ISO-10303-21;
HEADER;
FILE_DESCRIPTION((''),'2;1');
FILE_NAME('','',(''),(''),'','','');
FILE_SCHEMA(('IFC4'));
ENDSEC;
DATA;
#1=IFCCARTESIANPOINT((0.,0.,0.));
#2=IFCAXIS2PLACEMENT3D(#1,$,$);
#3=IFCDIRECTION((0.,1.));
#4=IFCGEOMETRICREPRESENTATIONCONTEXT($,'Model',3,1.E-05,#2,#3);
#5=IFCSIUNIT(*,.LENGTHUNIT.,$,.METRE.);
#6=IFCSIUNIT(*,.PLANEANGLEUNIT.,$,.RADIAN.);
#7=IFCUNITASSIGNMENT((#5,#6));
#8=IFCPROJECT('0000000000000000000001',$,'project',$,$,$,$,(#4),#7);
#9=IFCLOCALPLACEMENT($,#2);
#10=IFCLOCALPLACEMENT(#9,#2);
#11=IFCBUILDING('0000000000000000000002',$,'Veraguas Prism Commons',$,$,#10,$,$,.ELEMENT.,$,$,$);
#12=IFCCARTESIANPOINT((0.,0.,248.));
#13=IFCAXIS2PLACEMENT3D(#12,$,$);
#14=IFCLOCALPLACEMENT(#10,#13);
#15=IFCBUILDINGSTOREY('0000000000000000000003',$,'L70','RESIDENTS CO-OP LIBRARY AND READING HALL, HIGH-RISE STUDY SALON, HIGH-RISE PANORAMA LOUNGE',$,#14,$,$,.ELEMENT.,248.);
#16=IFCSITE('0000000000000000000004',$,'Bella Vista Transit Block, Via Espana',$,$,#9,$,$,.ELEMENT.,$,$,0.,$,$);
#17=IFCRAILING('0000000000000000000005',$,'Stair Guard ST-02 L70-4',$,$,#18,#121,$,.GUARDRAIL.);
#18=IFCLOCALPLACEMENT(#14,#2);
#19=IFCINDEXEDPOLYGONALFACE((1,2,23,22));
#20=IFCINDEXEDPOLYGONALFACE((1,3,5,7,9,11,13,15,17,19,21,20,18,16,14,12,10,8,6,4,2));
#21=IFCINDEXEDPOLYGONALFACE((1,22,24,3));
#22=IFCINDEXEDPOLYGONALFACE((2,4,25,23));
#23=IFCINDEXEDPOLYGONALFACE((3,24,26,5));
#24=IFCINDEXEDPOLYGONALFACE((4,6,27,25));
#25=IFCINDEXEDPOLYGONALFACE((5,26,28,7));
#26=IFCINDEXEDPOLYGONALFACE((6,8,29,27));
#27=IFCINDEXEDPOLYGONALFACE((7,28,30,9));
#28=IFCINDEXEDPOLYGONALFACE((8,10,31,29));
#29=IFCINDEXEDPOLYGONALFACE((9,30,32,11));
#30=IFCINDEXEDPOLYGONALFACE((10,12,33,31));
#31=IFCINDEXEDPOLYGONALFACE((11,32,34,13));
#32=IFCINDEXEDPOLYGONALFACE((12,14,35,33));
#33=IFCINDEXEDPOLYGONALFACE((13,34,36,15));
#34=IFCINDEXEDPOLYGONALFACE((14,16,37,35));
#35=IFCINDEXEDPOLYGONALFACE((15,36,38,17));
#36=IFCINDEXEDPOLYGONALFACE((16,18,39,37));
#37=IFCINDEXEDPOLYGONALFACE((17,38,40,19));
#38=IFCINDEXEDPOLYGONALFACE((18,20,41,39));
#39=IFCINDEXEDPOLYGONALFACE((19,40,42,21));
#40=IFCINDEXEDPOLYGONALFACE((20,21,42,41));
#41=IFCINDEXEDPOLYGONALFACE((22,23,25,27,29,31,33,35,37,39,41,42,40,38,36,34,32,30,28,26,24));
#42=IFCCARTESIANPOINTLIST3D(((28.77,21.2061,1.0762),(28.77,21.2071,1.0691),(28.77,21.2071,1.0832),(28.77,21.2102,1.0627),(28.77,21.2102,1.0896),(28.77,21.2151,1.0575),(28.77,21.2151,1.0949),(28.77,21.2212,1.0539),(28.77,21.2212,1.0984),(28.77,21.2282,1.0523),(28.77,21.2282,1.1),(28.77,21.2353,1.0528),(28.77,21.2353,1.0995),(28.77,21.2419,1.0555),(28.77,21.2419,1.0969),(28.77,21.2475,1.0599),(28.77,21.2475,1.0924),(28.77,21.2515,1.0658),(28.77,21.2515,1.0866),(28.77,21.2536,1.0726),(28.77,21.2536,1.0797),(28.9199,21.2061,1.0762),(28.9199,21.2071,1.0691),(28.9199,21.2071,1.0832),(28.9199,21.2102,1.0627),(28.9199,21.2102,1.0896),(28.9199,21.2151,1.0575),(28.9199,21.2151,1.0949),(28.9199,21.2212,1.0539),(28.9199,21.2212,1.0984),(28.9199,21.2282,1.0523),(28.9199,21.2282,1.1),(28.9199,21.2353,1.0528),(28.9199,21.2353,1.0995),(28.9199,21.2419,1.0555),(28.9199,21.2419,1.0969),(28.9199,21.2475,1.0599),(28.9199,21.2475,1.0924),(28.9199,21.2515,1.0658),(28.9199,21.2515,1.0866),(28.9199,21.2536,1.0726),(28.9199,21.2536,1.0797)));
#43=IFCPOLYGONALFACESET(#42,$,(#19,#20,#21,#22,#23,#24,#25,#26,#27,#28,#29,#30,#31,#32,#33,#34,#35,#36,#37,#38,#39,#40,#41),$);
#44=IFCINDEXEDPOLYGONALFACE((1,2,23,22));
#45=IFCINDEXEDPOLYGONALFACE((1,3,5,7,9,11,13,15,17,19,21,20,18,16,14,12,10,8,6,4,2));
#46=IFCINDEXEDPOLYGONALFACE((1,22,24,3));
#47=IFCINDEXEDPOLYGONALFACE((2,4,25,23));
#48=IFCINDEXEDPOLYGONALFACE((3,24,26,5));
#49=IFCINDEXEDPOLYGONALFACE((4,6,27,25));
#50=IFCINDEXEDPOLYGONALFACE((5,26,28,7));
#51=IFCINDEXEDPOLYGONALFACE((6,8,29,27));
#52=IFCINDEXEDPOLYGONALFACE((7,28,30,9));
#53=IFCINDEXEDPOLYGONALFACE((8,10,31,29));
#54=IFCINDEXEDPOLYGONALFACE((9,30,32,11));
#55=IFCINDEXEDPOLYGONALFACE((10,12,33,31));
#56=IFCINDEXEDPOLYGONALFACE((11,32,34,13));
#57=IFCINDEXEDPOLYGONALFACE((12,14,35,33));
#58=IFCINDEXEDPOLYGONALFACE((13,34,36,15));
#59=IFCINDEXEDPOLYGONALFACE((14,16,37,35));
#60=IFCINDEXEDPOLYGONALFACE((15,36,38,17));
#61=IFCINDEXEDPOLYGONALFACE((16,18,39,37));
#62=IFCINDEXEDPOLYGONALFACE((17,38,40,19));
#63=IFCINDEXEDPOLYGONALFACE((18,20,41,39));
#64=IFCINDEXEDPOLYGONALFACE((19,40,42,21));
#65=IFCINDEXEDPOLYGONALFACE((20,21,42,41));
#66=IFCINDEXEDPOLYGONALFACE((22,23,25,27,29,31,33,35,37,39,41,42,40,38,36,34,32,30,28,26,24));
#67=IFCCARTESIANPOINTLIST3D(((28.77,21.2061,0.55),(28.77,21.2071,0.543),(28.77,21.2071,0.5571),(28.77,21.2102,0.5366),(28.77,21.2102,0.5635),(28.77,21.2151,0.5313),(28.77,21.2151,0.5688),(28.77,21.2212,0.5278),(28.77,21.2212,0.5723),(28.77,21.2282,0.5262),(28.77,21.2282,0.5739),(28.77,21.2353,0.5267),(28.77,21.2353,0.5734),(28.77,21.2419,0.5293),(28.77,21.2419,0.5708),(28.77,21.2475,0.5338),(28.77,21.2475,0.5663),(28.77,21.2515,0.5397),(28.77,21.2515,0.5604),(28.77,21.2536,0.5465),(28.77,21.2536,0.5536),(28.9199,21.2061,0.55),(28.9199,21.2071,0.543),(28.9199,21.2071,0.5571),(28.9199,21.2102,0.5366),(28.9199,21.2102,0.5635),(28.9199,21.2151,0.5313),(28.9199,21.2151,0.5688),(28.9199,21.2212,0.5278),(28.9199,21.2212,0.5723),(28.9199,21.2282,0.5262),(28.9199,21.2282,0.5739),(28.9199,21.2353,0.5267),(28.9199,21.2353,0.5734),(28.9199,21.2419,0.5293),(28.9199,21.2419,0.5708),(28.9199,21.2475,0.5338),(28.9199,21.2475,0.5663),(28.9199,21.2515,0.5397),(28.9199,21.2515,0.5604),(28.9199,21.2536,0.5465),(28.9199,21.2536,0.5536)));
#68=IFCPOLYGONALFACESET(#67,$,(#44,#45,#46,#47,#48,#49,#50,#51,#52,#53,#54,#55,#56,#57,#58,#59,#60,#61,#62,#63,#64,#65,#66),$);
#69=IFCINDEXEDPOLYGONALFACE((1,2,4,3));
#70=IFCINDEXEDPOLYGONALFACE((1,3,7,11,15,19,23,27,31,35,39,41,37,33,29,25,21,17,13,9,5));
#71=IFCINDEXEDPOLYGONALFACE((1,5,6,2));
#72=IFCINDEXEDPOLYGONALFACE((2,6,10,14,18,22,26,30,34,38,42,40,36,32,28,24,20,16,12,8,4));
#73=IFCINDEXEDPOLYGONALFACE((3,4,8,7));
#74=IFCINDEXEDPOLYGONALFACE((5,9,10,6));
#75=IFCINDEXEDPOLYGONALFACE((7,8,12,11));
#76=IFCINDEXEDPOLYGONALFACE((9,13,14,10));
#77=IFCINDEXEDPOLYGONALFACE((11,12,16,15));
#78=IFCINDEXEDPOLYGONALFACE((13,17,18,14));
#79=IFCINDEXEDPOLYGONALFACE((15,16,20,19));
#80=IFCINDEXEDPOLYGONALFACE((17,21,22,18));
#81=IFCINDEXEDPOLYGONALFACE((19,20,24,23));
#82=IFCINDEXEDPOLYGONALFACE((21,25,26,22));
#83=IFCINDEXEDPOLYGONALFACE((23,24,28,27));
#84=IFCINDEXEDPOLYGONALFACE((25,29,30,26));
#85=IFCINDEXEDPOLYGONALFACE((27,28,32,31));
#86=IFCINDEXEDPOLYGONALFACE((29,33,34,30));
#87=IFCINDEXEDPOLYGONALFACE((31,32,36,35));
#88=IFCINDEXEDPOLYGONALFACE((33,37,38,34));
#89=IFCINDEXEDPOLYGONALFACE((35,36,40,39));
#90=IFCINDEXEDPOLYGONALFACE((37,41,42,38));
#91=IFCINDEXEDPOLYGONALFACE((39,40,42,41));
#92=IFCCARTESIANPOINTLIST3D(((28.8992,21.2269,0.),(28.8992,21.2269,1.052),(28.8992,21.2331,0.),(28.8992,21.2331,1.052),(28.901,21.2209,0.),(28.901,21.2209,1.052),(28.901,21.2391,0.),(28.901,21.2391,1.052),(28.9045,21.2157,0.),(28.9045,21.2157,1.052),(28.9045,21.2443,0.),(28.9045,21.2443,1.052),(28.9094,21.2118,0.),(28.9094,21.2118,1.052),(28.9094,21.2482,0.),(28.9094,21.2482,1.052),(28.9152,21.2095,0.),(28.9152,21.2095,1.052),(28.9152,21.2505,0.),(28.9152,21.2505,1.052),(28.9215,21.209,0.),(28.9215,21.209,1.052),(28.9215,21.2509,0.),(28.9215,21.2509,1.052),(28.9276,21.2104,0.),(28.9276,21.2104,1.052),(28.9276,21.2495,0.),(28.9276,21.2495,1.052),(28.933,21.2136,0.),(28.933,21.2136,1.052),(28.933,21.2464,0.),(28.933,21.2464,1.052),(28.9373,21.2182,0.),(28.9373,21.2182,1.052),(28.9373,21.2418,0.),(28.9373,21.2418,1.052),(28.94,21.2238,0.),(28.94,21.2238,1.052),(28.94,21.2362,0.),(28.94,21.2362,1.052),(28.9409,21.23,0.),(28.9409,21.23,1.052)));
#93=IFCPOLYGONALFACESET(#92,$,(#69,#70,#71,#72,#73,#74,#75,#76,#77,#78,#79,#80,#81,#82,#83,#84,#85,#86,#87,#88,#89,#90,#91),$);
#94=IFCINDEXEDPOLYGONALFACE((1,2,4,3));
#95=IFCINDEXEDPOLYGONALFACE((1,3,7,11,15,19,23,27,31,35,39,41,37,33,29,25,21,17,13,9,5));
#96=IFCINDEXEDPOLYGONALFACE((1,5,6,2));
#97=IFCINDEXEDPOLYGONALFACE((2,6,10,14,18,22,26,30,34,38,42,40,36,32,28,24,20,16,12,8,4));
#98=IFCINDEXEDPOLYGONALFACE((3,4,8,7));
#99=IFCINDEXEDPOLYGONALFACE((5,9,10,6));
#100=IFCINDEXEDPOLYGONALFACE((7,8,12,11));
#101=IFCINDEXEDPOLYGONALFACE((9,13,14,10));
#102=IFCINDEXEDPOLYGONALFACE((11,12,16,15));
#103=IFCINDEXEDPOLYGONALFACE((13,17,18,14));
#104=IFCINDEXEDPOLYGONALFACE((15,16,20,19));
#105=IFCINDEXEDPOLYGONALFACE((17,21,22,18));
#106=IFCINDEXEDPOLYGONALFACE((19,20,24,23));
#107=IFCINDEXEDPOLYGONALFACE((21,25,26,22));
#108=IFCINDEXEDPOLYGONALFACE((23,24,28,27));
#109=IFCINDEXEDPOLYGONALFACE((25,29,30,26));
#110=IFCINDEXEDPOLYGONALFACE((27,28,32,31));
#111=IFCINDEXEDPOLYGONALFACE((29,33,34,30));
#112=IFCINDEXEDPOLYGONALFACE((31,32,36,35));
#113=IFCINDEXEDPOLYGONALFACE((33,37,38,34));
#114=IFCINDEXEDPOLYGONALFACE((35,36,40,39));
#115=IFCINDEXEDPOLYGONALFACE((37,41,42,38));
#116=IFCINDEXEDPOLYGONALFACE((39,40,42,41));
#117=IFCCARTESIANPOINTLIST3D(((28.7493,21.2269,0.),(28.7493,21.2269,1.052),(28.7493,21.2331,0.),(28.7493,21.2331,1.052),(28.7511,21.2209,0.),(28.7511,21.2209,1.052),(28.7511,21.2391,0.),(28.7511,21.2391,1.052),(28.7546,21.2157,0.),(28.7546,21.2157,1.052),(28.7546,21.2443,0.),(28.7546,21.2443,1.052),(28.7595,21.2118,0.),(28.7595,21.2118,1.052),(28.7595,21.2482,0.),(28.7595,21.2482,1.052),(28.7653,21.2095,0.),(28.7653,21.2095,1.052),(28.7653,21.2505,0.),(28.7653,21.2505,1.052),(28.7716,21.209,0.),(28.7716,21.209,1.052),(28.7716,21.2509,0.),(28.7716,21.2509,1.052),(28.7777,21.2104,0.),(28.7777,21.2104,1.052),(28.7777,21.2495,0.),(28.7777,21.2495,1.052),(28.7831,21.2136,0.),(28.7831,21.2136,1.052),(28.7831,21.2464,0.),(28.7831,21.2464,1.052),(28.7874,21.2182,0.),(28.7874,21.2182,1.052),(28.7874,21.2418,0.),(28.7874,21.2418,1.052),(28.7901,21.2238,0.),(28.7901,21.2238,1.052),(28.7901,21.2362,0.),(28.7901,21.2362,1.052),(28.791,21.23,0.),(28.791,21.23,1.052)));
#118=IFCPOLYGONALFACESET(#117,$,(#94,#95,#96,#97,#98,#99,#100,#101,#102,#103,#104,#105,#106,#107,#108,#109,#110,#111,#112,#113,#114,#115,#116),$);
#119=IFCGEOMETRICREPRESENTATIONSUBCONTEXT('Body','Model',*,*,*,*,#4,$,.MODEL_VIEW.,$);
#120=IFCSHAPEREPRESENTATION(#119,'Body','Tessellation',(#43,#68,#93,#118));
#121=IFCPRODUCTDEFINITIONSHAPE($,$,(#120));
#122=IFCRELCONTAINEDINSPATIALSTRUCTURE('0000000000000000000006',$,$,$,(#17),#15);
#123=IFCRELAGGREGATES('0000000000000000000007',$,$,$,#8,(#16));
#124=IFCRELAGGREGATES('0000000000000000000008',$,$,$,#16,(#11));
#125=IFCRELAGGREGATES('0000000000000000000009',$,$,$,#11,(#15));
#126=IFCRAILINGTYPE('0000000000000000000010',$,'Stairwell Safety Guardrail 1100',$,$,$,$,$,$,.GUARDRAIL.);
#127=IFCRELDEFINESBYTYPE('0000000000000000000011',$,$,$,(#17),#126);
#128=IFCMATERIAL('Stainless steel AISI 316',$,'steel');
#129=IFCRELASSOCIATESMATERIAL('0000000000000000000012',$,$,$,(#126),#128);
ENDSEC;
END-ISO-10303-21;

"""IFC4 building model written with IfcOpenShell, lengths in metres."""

from ifc_helpers import new_model, si_unit, direction, frame, origin, origin_2d, place, context, subcontext, project, spatial, circle, extrude, material, type_object, element, save


model = new_model("IFC4")

# Units and contexts
model_context = context("Model", 3, precision=1e-05, world=origin(), true_north=direction((0.0, 1.0)))
body_context = subcontext(model_context, "Body", "Model", "MODEL_VIEW")
ifc_project = project(units=[si_unit("LENGTHUNIT", "METRE"), si_unit("PLANEANGLEUNIT", "RADIAN")], contexts=[model_context])

# Site, building, storey
site_placement = place(None, origin())
site = spatial("IfcSite", under=ifc_project, at=site_placement, Name="Bella Vista Transit Block, Via Espana", CompositionType="ELEMENT", RefElevation=0.0)
building_placement = place(site_placement, origin())
building = spatial("IfcBuilding", under=site, at=building_placement, Name="Veraguas Prism Commons", CompositionType="ELEMENT")
storey_placement = place(building_placement, frame((0.0, 0.0, 248.0)))
storey = spatial("IfcBuildingStorey", under=building, at=storey_placement, Name="L70", Description="RESIDENTS CO-OP LIBRARY AND READING HALL, HIGH-RISE STUDY SALON, HIGH-RISE PANORAMA LOUNGE", CompositionType="ELEMENT", Elevation=248.0)

# Shared definitions
ifc_material_1 = material(Name="Stainless steel AISI 316", Category="steel")

# Railing
railing_type_1 = type_object("IfcRailingType", Name="Stairwell Safety Guardrail 1100", PredefinedType="GUARDRAIL", material=ifc_material_1)
railing_1_placement = place(storey_placement, frame((28.9199, 21.23, 0.0)))
element("IfcRailing", 1, at=railing_1_placement, inside=storey, type_object=railing_type_1, Name="Stair Guard ST-02 L70-4", PredefinedType="GUARDRAIL", context=body_context, shape_type="SweptSolid", body=[
    extrude(circle(Radius=0.0239, at=origin_2d()), frame((0.0, 0.0, 1.0762), z_axis=(-1.0, 0.0, 0.0), x_axis=(0.0, -1.0, 0.0)), (0.0, 0.0, 1.0), 0.1499),
    extrude(circle(Radius=0.0239, at=origin_2d()), frame((0.0, 0.0, 0.55), z_axis=(-1.0, 0.0, 0.0), x_axis=(0.0, -1.0, 0.0)), (0.0, 0.0, 1.0), 0.1499),
    extrude(circle(Radius=0.021, at=origin_2d()), origin(), (0.0, 0.0, 1.0), 1.052),
    extrude(circle(Radius=0.021, at=origin_2d()), frame((-0.1499, 0.0, 0.0)), (0.0, 0.0, 1.0), 1.052),
])

save(model, "model.ifc")
